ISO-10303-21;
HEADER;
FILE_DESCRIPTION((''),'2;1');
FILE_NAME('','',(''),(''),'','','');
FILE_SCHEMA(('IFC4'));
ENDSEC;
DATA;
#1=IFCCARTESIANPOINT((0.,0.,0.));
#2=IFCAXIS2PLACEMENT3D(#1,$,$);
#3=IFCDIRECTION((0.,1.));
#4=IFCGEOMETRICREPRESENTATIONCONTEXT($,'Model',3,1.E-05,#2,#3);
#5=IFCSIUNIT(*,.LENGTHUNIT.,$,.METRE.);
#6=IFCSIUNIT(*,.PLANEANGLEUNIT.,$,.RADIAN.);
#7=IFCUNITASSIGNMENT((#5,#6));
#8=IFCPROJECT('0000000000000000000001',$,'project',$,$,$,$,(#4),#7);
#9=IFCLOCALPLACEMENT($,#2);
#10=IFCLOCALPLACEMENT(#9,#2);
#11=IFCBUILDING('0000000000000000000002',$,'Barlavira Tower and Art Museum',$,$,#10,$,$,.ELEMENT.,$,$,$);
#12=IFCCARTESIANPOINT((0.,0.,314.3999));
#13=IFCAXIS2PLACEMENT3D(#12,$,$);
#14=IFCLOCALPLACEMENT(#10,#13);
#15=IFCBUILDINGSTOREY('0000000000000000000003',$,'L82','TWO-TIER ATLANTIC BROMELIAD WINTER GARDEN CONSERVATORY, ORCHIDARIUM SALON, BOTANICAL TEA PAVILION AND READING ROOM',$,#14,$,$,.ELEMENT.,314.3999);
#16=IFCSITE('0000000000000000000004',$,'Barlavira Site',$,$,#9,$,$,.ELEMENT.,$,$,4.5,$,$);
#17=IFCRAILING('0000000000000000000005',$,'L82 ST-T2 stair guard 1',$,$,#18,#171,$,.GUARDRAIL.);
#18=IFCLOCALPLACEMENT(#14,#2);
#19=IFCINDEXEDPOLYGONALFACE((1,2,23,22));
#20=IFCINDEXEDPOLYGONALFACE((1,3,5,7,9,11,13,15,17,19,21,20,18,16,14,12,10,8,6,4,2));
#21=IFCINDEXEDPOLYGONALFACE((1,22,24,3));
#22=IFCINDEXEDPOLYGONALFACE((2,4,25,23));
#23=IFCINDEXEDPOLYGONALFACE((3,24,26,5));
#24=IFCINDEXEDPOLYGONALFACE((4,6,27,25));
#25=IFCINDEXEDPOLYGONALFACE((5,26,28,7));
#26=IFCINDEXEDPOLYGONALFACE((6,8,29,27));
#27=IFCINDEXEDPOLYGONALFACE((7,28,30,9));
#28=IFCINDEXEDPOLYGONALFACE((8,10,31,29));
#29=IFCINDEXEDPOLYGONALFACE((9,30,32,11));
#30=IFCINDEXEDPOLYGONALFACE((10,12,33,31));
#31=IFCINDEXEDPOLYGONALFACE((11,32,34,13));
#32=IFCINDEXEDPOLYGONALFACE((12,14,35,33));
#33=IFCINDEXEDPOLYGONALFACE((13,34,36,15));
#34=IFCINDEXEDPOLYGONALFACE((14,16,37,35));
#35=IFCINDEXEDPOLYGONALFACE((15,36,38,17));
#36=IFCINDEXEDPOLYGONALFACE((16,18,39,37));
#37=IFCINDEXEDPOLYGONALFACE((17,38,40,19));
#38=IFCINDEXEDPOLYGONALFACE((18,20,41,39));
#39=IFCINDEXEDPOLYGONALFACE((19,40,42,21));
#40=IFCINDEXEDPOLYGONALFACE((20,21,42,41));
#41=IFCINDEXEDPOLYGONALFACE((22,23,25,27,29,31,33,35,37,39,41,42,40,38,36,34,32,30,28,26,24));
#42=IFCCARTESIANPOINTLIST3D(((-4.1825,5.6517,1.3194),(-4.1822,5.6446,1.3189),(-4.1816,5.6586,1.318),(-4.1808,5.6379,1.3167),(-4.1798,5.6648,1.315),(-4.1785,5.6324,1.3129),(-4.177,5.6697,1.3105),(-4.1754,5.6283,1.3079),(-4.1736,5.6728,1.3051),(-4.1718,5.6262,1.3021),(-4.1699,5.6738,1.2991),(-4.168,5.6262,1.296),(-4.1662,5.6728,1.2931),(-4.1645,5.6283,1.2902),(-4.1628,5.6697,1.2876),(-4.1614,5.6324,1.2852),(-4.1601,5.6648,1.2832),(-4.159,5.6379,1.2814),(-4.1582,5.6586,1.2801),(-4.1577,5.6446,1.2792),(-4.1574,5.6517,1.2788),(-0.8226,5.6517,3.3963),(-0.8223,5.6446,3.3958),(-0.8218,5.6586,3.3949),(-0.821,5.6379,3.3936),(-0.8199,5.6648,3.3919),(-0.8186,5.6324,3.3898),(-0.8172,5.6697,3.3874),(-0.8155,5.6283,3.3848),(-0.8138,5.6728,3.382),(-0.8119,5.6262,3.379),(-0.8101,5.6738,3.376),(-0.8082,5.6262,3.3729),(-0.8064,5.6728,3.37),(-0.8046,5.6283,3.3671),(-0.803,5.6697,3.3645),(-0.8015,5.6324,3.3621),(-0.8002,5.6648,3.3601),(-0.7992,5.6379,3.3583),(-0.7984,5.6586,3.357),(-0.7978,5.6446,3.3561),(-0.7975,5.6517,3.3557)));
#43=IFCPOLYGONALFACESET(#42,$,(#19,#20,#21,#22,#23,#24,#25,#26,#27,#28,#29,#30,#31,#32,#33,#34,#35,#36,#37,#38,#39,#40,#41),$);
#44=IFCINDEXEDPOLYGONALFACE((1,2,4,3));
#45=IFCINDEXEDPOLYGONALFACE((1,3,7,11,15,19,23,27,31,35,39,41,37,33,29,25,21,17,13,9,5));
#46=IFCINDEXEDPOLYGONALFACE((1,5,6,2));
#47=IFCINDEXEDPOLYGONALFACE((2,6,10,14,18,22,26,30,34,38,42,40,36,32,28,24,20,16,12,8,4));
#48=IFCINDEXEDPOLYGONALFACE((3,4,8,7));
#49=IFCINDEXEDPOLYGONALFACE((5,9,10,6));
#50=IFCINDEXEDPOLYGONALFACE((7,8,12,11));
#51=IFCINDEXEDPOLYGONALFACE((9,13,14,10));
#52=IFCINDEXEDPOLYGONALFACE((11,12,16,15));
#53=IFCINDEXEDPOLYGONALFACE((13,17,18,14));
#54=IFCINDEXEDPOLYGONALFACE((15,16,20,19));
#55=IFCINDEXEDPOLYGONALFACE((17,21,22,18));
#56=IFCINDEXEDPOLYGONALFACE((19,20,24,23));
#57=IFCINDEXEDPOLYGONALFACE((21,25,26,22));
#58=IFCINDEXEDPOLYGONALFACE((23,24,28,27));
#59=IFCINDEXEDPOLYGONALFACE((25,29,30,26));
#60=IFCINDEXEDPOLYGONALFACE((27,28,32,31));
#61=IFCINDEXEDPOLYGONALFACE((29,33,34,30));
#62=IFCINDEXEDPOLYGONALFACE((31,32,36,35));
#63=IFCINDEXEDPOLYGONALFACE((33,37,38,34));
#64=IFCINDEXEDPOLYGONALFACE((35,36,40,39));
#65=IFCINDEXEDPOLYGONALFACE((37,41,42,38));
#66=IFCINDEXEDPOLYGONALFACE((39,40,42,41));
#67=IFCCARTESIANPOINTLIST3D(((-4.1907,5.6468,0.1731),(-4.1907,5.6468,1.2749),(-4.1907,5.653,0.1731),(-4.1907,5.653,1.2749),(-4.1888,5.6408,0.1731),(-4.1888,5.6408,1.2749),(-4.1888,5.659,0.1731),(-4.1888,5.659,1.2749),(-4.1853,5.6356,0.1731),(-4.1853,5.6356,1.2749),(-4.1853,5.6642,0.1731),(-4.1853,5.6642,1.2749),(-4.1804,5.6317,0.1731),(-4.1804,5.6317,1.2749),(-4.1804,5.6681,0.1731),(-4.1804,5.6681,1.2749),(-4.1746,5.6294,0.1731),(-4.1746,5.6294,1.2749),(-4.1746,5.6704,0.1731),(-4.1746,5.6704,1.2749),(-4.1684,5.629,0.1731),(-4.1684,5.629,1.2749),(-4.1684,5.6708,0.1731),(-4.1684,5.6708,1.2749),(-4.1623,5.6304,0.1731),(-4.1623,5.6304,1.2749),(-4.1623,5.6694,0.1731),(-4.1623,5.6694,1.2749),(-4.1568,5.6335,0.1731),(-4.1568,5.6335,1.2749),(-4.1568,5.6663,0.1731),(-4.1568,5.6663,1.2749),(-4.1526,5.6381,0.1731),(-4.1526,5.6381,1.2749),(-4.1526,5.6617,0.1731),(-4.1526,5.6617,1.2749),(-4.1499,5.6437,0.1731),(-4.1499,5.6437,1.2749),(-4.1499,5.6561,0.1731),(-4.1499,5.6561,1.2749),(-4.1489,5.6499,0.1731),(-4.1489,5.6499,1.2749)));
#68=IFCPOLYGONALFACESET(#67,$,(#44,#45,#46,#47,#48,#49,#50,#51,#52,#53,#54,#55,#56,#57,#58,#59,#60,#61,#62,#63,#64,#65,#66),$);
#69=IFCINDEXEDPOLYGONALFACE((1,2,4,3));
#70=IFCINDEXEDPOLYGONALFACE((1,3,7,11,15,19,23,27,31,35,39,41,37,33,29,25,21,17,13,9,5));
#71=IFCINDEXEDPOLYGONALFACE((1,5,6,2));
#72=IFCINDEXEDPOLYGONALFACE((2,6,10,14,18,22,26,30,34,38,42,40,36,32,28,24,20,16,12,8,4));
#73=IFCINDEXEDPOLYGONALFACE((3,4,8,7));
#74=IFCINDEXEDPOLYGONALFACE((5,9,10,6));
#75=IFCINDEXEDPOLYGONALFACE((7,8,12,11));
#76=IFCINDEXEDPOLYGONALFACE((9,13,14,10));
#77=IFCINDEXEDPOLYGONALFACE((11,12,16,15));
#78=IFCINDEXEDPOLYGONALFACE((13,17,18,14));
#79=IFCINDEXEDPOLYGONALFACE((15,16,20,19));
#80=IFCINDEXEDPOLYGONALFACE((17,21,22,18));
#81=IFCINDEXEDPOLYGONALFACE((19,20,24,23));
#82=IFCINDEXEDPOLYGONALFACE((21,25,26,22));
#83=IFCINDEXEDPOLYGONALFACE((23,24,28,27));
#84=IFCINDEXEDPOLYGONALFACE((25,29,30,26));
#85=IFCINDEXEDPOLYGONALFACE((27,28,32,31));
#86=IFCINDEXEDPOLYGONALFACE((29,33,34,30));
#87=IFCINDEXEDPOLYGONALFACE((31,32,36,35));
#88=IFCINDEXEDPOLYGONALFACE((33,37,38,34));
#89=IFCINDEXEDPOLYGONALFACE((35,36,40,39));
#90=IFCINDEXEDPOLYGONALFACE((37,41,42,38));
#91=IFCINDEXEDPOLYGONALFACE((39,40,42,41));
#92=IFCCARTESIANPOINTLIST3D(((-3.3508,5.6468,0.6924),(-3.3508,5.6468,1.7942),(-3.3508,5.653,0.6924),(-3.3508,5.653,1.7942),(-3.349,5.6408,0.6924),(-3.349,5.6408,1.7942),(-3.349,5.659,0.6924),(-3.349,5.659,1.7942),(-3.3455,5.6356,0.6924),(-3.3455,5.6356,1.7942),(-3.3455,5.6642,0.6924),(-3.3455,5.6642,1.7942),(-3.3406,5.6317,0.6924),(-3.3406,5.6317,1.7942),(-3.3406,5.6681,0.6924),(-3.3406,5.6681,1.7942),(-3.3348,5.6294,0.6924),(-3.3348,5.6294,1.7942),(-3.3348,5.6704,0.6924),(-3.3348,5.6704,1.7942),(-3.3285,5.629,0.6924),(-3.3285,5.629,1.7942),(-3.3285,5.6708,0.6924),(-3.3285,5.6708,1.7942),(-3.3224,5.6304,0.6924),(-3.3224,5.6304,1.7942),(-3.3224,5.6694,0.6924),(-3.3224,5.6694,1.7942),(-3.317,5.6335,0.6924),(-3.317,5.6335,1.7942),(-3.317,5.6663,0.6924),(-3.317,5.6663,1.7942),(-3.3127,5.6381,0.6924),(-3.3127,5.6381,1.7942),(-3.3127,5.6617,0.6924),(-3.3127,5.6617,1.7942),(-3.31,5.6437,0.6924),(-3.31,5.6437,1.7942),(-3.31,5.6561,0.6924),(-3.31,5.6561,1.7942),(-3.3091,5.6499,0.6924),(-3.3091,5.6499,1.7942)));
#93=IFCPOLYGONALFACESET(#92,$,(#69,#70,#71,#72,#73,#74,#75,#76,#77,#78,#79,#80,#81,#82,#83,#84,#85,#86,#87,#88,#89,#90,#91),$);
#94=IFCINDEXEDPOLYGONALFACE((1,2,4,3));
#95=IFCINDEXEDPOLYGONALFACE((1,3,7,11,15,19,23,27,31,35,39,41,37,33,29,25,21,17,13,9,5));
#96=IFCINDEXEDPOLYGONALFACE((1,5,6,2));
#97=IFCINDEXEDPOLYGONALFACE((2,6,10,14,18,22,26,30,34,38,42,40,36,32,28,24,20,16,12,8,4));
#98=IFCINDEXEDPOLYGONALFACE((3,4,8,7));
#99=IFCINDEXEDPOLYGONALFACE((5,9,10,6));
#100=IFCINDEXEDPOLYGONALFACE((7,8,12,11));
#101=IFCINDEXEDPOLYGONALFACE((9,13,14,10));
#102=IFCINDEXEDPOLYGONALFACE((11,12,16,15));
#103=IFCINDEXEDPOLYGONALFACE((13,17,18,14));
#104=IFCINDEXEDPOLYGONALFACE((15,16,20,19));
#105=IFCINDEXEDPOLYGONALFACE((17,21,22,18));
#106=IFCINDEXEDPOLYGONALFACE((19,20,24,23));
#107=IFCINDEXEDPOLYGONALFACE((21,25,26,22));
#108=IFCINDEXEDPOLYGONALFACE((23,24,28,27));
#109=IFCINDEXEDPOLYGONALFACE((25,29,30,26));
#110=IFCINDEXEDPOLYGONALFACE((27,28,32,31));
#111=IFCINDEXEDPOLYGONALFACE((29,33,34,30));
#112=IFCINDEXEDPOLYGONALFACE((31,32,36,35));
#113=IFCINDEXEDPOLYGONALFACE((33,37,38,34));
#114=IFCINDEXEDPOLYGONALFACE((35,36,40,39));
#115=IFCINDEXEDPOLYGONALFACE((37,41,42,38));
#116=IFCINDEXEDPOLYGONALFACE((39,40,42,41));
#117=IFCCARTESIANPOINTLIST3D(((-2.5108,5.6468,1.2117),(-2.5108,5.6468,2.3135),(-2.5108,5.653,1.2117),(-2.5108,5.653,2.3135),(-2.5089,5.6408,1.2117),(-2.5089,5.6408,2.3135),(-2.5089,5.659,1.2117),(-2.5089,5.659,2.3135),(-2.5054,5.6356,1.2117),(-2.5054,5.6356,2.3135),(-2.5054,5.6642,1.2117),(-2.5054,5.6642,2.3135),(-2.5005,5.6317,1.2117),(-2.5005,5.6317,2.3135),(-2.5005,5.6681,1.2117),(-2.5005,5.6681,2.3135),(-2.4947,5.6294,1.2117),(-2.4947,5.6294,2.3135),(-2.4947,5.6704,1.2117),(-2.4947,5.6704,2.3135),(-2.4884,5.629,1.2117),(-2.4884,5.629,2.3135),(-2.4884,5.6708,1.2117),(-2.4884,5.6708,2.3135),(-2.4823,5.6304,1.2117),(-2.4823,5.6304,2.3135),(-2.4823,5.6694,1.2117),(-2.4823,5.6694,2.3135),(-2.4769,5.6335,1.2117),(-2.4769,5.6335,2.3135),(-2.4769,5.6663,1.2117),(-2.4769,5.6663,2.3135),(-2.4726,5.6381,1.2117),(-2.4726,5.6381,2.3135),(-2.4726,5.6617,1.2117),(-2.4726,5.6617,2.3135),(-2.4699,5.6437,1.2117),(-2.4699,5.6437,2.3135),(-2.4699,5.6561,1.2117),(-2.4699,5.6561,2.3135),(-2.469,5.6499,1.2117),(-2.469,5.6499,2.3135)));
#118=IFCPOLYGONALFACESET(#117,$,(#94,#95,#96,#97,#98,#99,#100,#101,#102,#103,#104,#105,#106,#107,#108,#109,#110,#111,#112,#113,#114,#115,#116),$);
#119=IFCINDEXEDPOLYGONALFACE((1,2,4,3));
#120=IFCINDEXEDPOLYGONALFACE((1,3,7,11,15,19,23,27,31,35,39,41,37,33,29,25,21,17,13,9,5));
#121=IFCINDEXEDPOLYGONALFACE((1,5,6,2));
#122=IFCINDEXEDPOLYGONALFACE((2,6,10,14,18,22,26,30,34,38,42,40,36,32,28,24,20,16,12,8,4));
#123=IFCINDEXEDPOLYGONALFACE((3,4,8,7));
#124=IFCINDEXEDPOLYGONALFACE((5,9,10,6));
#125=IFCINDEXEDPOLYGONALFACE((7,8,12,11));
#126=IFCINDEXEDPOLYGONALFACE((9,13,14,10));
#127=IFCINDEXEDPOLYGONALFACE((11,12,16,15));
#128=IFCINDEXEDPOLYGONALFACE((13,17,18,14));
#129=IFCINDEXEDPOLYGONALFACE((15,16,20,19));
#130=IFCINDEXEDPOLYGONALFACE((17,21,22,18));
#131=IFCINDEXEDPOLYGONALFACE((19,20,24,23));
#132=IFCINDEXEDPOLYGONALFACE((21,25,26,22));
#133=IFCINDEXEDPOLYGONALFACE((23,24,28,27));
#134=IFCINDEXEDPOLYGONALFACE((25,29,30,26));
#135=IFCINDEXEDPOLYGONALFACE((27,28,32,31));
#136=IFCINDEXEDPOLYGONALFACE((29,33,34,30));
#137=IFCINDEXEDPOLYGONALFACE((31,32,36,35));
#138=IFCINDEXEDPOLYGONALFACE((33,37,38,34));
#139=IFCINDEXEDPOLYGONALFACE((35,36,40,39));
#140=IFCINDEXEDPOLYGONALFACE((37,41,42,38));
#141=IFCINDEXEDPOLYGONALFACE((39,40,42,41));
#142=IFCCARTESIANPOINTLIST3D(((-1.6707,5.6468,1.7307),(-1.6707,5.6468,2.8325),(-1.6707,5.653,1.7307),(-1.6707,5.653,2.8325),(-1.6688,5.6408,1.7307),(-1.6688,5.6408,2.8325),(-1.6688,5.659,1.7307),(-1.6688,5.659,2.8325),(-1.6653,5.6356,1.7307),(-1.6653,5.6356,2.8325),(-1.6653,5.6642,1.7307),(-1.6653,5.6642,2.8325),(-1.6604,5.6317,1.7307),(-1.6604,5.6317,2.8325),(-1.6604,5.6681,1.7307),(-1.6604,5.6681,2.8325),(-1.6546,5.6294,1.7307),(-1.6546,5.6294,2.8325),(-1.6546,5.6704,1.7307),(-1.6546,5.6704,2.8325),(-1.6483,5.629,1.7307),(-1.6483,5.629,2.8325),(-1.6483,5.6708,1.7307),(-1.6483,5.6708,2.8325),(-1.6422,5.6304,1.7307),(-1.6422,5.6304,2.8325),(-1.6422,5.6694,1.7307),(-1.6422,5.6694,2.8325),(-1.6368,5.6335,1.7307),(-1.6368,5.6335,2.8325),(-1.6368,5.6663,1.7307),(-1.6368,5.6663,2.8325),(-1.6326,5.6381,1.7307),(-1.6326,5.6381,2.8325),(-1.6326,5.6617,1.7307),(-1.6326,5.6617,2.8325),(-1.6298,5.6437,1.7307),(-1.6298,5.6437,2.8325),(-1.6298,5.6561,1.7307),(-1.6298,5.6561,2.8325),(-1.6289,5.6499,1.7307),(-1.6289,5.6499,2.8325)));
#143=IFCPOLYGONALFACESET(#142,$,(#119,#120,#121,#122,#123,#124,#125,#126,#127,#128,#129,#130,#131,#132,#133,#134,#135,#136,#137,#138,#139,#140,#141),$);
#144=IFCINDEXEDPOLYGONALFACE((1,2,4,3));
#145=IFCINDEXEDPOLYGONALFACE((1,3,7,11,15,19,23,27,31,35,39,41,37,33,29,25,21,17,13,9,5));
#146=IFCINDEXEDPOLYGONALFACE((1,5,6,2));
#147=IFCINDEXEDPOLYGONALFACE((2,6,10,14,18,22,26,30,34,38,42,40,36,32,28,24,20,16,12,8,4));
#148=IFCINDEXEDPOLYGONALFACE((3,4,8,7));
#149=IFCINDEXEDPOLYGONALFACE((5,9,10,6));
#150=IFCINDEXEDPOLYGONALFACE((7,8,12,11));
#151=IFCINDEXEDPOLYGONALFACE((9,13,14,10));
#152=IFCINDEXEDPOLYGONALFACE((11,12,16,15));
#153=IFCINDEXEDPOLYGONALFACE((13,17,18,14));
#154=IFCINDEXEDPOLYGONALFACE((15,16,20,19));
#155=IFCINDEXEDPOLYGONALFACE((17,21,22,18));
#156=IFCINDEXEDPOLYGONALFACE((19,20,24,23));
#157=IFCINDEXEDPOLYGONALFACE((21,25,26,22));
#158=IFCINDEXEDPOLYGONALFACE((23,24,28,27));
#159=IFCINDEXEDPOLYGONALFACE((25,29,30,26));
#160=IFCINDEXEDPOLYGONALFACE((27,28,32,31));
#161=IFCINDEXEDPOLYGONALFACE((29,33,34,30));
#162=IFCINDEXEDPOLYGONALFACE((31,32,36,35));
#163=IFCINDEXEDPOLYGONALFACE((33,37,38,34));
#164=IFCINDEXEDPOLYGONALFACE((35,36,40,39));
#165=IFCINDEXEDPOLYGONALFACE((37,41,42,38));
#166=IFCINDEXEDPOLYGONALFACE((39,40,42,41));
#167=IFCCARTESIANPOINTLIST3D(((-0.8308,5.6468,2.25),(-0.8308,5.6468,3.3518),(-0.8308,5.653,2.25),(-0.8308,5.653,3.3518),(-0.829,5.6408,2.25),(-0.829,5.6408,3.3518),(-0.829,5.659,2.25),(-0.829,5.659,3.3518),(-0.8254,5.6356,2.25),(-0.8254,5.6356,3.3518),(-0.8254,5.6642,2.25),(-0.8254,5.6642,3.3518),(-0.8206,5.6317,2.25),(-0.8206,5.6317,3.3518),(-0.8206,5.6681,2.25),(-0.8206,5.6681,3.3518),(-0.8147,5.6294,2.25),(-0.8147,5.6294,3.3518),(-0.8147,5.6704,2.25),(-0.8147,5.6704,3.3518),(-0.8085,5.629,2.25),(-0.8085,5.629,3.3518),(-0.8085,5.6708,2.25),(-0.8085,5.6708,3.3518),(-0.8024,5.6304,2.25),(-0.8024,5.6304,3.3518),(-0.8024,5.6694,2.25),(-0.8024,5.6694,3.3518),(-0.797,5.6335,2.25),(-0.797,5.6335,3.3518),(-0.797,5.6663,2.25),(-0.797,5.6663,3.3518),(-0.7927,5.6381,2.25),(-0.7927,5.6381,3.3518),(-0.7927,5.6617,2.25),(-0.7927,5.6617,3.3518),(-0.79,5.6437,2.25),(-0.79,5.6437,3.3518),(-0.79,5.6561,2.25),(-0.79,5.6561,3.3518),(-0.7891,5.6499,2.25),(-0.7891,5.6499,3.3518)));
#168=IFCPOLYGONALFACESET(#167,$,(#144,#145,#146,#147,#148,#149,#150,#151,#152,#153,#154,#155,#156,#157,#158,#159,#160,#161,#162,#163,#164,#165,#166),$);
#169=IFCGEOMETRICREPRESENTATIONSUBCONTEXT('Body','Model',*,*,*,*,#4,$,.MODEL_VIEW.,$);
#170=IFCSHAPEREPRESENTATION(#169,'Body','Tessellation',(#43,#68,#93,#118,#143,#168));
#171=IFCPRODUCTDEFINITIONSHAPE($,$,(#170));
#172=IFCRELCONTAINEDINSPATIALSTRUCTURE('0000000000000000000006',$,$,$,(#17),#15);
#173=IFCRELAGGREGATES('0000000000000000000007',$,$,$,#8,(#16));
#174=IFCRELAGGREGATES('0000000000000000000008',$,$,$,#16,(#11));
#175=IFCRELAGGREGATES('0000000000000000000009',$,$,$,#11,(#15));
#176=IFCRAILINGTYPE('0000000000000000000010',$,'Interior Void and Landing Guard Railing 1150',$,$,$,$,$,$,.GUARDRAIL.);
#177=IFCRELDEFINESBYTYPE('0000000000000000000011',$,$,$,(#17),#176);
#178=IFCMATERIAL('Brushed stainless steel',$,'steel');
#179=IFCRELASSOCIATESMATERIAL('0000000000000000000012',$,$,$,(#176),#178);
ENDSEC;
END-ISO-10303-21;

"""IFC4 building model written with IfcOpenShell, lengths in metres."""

from ifc_helpers import new_model, si_unit, direction, frame, origin, origin_2d, place, context, subcontext, project, spatial, circle, extrude, material, type_object, element, save


model = new_model("IFC4")

# Units and contexts
model_context = context("Model", 3, precision=1e-05, world=origin(), true_north=direction((0.0, 1.0)))
body_context = subcontext(model_context, "Body", "Model", "MODEL_VIEW")
ifc_project = project(units=[si_unit("LENGTHUNIT", "METRE"), si_unit("PLANEANGLEUNIT", "RADIAN")], contexts=[model_context])

# Site, building, storey
site_placement = place(None, origin())
site = spatial("IfcSite", under=ifc_project, at=site_placement, Name="Barlavira Site", CompositionType="ELEMENT", RefElevation=4.5)
building_placement = place(site_placement, origin())
building = spatial("IfcBuilding", under=site, at=building_placement, Name="Barlavira Tower and Art Museum", CompositionType="ELEMENT")
storey_placement = place(building_placement, frame((0.0, 0.0, 314.3999)))
storey = spatial("IfcBuildingStorey", under=building, at=storey_placement, Name="L82", Description="TWO-TIER ATLANTIC BROMELIAD WINTER GARDEN CONSERVATORY, ORCHIDARIUM SALON, BOTANICAL TEA PAVILION AND READING ROOM", CompositionType="ELEMENT", Elevation=314.3999)

# Shared definitions
ifc_material_1 = material(Name="Brushed stainless steel", Category="steel")

# Railing
railing_type_1 = type_object("IfcRailingType", Name="Interior Void and Landing Guard Railing 1150", PredefinedType="GUARDRAIL", material=ifc_material_1)
railing_1_placement = place(storey_placement, frame((-4.1699, 5.6499, 0.1731)))
element("IfcRailing", 1, at=railing_1_placement, inside=storey, type_object=railing_type_1, Name="L82 ST-T2 stair guard 1", PredefinedType="GUARDRAIL", context=body_context, shape_type="SweptSolid", body=[
    extrude(circle(Radius=0.0239, at=origin_2d()), frame((0.0, 0.0, 1.126), z_axis=(0.850606, 0.0, 0.525803), x_axis=(0.0, 1.0, 0.0)), (0.0, 0.0, 1.0), 3.95),
    extrude(circle(Radius=0.021, at=origin_2d()), origin(), (0.0, 0.0, 1.0), 1.1018),
    extrude(circle(Radius=0.021, at=origin_2d()), frame((0.8398, 0.0, 0.5193)), (0.0, 0.0, 1.0), 1.1018),
    extrude(circle(Radius=0.021, at=origin_2d()), frame((1.6799, 0.0, 1.0386)), (0.0, 0.0, 1.0), 1.1018),
    extrude(circle(Radius=0.021, at=origin_2d()), frame((2.52, 0.0, 1.5576)), (0.0, 0.0, 1.0), 1.1018),
    extrude(circle(Radius=0.021, at=origin_2d()), frame((3.3599, 0.0, 2.0769)), (0.0, 0.0, 1.0), 1.1018),
])

save(model, "model.ifc")
